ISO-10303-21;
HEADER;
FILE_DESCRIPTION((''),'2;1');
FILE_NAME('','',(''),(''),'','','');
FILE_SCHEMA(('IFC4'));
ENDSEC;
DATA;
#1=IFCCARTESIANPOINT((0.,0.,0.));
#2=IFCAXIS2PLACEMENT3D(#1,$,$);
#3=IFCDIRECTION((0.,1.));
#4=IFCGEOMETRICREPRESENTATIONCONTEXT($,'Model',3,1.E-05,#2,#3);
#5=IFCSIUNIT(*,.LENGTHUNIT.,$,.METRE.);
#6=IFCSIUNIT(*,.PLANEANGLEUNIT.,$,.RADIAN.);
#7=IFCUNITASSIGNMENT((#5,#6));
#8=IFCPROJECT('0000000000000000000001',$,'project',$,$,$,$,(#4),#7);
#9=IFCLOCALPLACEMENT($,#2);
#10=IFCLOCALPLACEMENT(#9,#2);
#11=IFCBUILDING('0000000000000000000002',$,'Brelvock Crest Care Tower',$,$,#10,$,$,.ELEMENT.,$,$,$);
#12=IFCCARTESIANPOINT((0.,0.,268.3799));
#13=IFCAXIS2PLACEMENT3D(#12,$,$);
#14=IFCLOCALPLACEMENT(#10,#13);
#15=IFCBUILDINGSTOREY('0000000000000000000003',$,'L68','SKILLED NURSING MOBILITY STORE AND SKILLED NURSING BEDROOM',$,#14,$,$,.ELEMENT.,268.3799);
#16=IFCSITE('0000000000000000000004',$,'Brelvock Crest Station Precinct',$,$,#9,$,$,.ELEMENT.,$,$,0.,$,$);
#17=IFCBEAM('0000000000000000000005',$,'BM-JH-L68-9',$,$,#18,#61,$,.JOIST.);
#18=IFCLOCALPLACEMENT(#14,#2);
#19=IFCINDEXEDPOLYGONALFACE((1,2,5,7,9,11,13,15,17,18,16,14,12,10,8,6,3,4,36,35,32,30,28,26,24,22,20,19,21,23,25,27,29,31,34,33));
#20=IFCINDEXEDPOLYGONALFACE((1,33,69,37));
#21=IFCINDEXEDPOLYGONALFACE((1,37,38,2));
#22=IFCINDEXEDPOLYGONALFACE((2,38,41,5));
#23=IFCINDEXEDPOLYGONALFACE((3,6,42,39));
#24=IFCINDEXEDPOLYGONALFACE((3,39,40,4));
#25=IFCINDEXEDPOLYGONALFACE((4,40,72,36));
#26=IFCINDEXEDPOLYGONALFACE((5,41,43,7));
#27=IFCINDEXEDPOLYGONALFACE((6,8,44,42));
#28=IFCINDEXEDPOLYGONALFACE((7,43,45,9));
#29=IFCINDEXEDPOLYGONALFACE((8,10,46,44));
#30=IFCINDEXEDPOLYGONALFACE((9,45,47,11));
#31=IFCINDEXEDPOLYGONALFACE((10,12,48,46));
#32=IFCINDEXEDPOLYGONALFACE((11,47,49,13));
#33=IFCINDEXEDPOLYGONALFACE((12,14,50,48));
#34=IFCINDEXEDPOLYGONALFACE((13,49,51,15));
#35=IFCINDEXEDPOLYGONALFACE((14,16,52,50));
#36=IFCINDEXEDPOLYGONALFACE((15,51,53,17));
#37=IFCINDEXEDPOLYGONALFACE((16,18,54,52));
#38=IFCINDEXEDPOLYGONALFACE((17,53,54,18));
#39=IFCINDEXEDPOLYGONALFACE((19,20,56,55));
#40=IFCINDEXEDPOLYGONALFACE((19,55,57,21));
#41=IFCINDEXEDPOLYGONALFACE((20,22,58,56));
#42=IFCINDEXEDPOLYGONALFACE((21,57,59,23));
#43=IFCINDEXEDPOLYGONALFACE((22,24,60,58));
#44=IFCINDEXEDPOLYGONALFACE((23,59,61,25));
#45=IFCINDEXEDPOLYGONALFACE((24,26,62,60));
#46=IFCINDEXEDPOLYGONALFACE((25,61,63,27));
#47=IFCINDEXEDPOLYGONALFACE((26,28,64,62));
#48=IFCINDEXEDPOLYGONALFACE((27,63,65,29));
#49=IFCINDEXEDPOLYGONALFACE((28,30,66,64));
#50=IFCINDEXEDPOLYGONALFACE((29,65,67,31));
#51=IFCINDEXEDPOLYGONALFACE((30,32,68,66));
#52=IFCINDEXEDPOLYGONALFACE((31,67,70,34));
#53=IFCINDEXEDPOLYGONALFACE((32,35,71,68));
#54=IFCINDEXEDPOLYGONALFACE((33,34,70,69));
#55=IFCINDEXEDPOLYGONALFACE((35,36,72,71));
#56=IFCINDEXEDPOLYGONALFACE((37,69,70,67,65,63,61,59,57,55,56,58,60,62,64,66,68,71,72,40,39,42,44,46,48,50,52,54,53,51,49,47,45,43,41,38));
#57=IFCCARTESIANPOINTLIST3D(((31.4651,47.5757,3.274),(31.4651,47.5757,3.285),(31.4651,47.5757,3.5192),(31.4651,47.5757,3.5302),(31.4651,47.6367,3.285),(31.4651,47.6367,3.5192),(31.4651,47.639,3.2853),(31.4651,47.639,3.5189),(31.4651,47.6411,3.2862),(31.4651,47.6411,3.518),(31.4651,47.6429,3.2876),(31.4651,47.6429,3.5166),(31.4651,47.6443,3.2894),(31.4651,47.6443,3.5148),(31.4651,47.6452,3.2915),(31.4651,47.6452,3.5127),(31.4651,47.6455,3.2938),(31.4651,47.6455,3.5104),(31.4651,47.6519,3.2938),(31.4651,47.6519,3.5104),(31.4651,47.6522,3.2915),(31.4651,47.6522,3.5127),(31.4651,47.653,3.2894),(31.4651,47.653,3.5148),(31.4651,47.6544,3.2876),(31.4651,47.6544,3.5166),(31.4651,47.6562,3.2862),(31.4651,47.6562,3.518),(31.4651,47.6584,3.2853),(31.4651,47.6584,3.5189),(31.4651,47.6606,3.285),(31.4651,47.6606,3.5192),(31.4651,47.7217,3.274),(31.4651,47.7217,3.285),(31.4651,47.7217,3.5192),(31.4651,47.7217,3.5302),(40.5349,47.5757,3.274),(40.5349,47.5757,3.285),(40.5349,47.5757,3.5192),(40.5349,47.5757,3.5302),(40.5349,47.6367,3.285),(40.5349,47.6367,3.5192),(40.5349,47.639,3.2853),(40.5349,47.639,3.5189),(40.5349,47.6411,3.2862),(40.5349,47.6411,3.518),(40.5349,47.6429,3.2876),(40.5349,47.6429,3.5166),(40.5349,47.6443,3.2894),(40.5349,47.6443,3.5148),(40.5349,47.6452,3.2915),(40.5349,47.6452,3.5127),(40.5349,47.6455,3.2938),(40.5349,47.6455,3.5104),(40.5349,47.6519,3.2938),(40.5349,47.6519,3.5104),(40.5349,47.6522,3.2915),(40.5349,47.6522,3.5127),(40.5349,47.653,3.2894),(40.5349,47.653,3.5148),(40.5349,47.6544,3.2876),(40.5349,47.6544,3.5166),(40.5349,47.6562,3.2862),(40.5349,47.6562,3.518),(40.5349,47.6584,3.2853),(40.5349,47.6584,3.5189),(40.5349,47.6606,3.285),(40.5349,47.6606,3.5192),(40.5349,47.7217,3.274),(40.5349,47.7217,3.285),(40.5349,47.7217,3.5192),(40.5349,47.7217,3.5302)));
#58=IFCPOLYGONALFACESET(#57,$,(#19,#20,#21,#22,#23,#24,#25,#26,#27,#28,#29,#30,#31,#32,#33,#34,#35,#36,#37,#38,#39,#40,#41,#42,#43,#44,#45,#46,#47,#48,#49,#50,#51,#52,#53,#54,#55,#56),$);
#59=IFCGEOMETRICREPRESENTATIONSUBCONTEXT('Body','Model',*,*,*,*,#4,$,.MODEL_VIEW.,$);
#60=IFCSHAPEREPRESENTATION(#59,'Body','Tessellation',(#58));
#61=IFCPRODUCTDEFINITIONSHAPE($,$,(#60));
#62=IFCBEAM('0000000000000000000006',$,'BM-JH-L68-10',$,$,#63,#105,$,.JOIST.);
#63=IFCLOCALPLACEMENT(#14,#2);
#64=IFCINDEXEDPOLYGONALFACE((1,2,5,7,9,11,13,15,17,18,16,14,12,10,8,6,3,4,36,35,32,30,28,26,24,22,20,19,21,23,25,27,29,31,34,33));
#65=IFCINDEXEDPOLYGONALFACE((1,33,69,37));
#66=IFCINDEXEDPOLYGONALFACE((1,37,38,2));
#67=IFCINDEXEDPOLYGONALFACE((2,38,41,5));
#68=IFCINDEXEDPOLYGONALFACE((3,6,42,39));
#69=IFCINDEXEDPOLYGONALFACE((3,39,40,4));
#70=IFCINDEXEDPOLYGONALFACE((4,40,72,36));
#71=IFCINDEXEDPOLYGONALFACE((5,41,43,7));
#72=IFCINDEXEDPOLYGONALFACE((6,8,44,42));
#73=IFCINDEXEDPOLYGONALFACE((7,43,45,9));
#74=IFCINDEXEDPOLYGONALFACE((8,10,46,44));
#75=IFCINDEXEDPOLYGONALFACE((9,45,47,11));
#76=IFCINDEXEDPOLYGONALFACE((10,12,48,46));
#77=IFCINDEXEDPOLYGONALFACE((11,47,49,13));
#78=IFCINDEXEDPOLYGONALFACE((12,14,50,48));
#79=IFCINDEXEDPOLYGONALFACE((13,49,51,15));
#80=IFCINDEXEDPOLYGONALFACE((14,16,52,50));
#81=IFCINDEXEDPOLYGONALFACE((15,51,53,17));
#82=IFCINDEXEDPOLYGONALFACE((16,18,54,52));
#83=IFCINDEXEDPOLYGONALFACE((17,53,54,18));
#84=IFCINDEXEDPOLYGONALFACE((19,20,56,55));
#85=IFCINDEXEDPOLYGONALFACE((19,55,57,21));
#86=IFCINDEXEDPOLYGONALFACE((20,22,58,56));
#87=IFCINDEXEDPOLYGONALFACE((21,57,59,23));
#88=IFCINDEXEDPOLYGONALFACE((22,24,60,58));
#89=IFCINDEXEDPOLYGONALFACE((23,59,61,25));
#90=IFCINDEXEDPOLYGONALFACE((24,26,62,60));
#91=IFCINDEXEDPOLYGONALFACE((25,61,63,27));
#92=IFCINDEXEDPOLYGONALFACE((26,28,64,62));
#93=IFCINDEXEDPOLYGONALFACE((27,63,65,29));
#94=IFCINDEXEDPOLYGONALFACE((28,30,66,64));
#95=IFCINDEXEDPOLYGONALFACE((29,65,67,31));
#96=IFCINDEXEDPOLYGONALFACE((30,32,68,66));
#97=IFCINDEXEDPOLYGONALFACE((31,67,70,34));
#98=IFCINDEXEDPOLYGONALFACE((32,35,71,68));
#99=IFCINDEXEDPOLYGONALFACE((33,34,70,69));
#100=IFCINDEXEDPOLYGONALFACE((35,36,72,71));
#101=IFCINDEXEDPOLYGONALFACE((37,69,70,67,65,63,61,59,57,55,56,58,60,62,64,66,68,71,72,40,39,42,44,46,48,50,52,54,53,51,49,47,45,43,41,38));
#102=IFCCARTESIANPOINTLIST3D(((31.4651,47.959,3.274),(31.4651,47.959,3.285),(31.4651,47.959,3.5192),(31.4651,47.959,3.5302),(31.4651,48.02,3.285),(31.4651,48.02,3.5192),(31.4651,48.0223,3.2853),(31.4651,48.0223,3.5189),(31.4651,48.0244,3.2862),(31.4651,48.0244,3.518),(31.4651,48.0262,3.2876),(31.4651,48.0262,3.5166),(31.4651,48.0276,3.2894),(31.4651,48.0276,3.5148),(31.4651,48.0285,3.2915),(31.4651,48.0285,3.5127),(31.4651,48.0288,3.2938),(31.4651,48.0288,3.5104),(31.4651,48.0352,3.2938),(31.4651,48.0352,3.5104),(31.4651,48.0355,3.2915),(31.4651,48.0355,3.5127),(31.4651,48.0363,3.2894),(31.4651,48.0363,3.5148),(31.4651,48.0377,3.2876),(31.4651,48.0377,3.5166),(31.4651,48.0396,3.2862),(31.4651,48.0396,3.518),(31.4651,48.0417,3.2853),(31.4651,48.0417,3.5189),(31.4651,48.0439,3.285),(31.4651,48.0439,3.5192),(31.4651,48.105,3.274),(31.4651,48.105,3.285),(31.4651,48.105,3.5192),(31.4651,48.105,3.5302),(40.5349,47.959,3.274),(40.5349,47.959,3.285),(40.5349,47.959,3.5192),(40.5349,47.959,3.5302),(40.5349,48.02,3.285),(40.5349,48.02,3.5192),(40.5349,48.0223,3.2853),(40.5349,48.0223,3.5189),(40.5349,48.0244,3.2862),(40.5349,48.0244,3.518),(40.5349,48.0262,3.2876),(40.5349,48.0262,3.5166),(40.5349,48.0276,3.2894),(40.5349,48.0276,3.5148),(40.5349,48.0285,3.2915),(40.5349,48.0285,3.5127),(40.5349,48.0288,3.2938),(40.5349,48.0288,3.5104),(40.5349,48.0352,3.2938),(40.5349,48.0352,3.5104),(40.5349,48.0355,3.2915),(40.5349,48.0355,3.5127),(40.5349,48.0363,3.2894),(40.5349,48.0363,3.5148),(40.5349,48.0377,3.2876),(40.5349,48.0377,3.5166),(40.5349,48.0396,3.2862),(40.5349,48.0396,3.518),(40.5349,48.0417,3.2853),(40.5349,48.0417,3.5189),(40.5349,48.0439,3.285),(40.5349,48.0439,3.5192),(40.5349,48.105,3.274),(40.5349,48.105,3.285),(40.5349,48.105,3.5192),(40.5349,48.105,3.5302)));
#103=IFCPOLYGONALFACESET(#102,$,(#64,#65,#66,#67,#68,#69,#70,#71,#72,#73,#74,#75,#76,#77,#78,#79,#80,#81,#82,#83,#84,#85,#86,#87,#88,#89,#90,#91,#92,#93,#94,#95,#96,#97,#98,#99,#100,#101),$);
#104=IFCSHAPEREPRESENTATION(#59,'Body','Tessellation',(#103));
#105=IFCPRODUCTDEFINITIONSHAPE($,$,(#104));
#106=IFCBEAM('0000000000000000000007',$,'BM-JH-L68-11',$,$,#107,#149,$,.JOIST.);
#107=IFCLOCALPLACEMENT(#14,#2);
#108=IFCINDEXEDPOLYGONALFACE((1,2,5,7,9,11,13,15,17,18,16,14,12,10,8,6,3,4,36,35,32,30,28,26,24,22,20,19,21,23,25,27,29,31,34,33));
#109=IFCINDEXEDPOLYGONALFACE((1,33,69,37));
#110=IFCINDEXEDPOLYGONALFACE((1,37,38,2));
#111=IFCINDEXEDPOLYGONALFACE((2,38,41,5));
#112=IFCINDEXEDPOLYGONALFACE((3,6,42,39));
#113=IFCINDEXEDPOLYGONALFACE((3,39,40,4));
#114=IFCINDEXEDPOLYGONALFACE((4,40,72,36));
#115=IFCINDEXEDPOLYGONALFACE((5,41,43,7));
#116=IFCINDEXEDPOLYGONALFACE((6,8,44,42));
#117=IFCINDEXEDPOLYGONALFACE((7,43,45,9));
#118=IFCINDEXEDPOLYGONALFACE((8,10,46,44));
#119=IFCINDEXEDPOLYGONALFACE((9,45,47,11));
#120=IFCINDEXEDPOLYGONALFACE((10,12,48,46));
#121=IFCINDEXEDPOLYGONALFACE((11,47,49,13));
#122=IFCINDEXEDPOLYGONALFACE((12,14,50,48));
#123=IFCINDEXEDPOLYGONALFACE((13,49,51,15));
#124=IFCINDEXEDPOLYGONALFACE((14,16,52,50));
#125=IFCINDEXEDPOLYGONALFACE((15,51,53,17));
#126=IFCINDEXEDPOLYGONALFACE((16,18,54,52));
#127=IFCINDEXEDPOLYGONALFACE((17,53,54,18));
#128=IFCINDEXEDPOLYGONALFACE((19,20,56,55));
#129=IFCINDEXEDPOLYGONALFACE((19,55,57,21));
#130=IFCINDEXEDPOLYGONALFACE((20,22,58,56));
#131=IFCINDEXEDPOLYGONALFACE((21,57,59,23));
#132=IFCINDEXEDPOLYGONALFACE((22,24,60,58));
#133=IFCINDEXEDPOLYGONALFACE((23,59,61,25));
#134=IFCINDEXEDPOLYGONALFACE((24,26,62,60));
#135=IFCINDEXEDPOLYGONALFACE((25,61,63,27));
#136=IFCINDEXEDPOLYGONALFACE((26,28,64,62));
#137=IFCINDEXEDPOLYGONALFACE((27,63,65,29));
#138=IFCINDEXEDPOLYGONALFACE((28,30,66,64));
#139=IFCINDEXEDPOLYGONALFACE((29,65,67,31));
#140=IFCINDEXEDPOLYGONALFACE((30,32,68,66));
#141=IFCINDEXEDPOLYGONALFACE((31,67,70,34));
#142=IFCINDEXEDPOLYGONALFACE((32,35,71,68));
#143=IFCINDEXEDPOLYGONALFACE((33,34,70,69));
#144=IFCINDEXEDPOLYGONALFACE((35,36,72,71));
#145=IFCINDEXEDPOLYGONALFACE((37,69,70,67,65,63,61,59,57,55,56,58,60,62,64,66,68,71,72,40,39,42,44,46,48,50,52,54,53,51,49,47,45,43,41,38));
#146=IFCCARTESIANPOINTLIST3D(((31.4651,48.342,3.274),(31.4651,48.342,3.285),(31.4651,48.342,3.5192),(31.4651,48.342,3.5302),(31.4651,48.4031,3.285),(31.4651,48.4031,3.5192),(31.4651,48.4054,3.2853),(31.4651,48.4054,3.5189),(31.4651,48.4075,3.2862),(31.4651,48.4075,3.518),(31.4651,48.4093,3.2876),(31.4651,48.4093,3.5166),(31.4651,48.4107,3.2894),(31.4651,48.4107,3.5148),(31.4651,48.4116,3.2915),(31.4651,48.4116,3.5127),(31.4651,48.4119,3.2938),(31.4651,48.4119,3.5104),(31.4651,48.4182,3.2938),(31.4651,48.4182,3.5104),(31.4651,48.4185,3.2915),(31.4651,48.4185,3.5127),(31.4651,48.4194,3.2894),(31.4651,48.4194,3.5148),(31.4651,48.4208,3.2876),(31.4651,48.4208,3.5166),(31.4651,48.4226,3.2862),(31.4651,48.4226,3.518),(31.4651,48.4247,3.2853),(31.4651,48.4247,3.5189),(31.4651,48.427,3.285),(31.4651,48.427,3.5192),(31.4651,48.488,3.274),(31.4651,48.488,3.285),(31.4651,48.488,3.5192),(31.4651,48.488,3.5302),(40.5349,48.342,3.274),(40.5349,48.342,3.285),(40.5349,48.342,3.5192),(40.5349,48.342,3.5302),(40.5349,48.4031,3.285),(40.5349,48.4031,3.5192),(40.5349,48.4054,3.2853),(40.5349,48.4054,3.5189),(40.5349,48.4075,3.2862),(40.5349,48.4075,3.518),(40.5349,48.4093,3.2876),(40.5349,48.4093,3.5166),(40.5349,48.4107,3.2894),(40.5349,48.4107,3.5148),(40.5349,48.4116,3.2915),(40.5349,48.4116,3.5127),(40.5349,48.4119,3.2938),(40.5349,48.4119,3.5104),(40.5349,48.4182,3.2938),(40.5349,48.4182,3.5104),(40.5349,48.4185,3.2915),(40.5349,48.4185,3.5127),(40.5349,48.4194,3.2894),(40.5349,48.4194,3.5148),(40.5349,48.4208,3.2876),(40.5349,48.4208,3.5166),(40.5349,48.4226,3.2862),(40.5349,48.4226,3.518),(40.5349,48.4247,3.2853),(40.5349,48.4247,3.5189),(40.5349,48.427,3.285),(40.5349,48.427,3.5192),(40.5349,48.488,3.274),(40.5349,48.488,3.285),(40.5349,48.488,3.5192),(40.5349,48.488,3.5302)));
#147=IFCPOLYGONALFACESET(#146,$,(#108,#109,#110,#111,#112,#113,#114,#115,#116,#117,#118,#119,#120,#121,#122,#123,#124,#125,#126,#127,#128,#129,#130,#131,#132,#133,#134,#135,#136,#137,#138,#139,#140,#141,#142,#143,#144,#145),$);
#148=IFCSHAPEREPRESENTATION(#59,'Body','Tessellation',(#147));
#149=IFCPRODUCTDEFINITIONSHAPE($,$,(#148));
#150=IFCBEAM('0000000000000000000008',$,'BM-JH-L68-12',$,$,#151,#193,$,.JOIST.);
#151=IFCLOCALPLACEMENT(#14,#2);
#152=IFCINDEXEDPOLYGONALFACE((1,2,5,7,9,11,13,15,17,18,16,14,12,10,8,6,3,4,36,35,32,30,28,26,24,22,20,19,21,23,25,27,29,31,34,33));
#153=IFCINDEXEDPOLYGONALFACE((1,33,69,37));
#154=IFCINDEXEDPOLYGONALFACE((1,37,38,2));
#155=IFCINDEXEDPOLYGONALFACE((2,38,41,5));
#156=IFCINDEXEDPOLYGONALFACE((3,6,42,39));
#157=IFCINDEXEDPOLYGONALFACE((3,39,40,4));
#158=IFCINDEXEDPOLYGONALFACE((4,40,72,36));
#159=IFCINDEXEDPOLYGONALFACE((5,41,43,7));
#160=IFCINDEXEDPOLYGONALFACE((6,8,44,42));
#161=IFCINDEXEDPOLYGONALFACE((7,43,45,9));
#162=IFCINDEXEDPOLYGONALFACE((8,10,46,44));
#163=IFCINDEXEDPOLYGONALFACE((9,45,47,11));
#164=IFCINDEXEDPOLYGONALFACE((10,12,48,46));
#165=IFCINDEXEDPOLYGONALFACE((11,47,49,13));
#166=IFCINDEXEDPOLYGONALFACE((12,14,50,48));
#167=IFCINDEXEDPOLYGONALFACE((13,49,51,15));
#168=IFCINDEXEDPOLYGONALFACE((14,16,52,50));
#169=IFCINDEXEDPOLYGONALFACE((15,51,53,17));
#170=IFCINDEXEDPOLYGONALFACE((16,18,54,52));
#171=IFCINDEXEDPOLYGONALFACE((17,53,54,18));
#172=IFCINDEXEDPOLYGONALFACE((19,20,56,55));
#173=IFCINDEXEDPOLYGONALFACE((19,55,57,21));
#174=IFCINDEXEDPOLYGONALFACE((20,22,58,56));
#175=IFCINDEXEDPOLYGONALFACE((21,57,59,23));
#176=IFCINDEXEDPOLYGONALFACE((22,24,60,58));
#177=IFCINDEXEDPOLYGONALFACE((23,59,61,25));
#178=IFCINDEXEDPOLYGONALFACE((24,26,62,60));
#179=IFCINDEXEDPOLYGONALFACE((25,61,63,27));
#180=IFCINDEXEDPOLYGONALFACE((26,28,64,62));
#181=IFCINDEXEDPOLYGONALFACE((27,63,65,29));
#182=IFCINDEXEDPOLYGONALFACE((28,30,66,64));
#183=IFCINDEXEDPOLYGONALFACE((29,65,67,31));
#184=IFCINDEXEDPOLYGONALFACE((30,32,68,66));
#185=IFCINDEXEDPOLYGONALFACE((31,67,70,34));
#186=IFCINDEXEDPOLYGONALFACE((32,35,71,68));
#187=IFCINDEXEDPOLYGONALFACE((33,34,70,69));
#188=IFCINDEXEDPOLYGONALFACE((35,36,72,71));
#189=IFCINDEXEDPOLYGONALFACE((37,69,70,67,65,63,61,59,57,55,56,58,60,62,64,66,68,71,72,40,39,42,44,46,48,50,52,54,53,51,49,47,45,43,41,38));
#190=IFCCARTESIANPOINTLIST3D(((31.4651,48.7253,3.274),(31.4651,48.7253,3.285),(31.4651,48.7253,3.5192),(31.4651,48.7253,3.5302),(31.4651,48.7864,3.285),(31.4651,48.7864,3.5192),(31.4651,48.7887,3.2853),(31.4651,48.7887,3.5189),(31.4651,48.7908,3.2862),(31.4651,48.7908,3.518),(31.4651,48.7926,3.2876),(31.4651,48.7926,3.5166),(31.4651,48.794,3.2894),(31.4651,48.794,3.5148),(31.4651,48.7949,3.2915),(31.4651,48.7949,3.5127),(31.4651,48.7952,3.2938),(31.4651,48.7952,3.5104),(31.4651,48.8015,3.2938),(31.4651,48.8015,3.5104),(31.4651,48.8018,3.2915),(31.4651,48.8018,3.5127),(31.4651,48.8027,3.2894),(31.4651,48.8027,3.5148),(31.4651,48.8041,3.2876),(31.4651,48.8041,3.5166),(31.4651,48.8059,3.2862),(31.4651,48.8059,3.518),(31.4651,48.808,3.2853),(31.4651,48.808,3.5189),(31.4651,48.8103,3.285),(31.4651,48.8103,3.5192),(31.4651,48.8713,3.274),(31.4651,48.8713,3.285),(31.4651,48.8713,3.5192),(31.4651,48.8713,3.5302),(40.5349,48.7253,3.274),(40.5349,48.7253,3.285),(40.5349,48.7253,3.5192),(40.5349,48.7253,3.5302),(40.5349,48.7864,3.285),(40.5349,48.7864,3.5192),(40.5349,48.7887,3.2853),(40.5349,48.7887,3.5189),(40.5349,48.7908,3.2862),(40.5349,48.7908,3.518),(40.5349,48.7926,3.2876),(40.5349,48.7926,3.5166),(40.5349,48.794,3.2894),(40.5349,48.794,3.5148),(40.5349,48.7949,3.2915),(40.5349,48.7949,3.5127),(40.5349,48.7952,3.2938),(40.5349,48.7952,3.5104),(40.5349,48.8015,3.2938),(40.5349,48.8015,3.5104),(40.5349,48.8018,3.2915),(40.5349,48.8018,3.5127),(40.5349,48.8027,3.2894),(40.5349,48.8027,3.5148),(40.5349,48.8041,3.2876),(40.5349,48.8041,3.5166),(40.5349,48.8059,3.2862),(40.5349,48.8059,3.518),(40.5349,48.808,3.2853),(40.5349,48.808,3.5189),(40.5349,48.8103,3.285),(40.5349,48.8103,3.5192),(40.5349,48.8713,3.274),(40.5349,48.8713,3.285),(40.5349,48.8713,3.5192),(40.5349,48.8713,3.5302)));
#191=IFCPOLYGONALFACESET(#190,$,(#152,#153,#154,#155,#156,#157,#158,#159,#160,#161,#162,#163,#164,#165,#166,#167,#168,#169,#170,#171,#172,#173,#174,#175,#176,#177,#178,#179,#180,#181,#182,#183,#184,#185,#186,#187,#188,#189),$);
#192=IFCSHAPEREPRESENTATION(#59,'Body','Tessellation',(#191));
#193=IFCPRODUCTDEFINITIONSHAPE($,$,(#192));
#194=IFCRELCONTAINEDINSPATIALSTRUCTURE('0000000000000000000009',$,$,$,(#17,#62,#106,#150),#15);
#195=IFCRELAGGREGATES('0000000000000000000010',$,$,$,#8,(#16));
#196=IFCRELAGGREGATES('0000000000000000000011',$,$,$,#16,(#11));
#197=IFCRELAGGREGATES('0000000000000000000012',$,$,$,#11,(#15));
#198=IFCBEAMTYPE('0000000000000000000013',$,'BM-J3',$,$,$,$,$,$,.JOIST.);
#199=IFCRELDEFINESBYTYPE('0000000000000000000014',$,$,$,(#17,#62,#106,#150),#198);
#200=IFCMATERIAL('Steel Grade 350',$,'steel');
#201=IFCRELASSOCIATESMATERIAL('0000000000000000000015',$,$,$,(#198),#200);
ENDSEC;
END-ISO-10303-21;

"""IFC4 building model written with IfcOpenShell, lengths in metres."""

from ifc_helpers import new_model, si_unit, direction, frame, origin, origin_2d, place, context, subcontext, project, spatial, i_section, extrude, source, transform, mapped, material, material_profile, profile_set, type_object, element, save


model = new_model("IFC4")

# Units and contexts
model_context = context("Model", 3, precision=1e-05, world=origin(), true_north=direction((0.0, 1.0)))
body_context = subcontext(model_context, "Body", "Model", "MODEL_VIEW")
ifc_project = project(units=[si_unit("LENGTHUNIT", "METRE"), si_unit("PLANEANGLEUNIT", "RADIAN")], contexts=[model_context])

# Site, building, storey
site_placement = place(None, origin())
site = spatial("IfcSite", under=ifc_project, at=site_placement, Name="Brelvock Crest Station Precinct", CompositionType="ELEMENT", RefElevation=0.0)
building_placement = place(site_placement, origin())
building = spatial("IfcBuilding", under=site, at=building_placement, Name="Brelvock Crest Care Tower", CompositionType="ELEMENT")
storey_placement = place(building_placement, frame((0.0, 0.0, 268.3799)))
storey = spatial("IfcBuildingStorey", under=building, at=storey_placement, Name="L68", Description="SKILLED NURSING MOBILITY STORE AND SKILLED NURSING BEDROOM", CompositionType="ELEMENT", Elevation=268.3799)

# Beams
ifc_material_1 = material(Name="Steel Grade 350", Category="steel")
ifc_material_profile_1 = material_profile(ifc_material_1, i_section(OverallWidth=0.146, OverallDepth=0.2561, WebThickness=0.0063, FlangeThickness=0.011, FilletRadius=0.0088, at=origin_2d()), Name="250UB37.3")
ifc_profile_set_1 = profile_set([ifc_material_profile_1], Name="Steel Grade 350")
beam_type_1 = type_object("IfcBeamType", Name="BM-J3", PredefinedType="JOIST", material=ifc_profile_set_1)
shared_shape_1 = source(origin(), body_context, "Body", "SweptSolid", [
    extrude(i_section(OverallWidth=0.146, OverallDepth=0.2561, WebThickness=0.0063, FlangeThickness=0.011, FilletRadius=0.0088, at=origin_2d()), origin(), (0.0, 0.0, 1.0), 9.0698),
])
for number, where, z_axis, x_axis, name in (
    (1, (31.4651, 47.6487, 3.4021), (1.0, 0.0, 0.0), (0.0, 1.0, 0.0), "BM-JH-L68-9"),
    (2, (31.4651, 48.032, 3.4021), (1.0, 0.0, 0.0), (0.0, 1.0, 0.0), "BM-JH-L68-10"),
    (3, (31.4651, 48.415, 3.4021), (1.0, 0.0, 0.0), (0.0, 1.0, 0.0), "BM-JH-L68-11"),
    (4, (31.4651, 48.7983, 3.4021), (1.0, 0.0, 0.0), (0.0, 1.0, 0.0), "BM-JH-L68-12"),
):
    element("IfcBeam", number, at=place(storey_placement, frame(where, z_axis=z_axis, x_axis=x_axis)), inside=storey, type_object=beam_type_1, Name=name, PredefinedType="JOIST", context=body_context, shape_type="MappedRepresentation", body=[
        mapped(shared_shape_1, transform((0.0, 0.0, 0.0), x_axis=(1.0, 0.0, 0.0), y_axis=(0.0, 1.0, 0.0), z_axis=(0.0, 0.0, 1.0), scale=1.0)),
    ])

save(model, "model.ifc")
